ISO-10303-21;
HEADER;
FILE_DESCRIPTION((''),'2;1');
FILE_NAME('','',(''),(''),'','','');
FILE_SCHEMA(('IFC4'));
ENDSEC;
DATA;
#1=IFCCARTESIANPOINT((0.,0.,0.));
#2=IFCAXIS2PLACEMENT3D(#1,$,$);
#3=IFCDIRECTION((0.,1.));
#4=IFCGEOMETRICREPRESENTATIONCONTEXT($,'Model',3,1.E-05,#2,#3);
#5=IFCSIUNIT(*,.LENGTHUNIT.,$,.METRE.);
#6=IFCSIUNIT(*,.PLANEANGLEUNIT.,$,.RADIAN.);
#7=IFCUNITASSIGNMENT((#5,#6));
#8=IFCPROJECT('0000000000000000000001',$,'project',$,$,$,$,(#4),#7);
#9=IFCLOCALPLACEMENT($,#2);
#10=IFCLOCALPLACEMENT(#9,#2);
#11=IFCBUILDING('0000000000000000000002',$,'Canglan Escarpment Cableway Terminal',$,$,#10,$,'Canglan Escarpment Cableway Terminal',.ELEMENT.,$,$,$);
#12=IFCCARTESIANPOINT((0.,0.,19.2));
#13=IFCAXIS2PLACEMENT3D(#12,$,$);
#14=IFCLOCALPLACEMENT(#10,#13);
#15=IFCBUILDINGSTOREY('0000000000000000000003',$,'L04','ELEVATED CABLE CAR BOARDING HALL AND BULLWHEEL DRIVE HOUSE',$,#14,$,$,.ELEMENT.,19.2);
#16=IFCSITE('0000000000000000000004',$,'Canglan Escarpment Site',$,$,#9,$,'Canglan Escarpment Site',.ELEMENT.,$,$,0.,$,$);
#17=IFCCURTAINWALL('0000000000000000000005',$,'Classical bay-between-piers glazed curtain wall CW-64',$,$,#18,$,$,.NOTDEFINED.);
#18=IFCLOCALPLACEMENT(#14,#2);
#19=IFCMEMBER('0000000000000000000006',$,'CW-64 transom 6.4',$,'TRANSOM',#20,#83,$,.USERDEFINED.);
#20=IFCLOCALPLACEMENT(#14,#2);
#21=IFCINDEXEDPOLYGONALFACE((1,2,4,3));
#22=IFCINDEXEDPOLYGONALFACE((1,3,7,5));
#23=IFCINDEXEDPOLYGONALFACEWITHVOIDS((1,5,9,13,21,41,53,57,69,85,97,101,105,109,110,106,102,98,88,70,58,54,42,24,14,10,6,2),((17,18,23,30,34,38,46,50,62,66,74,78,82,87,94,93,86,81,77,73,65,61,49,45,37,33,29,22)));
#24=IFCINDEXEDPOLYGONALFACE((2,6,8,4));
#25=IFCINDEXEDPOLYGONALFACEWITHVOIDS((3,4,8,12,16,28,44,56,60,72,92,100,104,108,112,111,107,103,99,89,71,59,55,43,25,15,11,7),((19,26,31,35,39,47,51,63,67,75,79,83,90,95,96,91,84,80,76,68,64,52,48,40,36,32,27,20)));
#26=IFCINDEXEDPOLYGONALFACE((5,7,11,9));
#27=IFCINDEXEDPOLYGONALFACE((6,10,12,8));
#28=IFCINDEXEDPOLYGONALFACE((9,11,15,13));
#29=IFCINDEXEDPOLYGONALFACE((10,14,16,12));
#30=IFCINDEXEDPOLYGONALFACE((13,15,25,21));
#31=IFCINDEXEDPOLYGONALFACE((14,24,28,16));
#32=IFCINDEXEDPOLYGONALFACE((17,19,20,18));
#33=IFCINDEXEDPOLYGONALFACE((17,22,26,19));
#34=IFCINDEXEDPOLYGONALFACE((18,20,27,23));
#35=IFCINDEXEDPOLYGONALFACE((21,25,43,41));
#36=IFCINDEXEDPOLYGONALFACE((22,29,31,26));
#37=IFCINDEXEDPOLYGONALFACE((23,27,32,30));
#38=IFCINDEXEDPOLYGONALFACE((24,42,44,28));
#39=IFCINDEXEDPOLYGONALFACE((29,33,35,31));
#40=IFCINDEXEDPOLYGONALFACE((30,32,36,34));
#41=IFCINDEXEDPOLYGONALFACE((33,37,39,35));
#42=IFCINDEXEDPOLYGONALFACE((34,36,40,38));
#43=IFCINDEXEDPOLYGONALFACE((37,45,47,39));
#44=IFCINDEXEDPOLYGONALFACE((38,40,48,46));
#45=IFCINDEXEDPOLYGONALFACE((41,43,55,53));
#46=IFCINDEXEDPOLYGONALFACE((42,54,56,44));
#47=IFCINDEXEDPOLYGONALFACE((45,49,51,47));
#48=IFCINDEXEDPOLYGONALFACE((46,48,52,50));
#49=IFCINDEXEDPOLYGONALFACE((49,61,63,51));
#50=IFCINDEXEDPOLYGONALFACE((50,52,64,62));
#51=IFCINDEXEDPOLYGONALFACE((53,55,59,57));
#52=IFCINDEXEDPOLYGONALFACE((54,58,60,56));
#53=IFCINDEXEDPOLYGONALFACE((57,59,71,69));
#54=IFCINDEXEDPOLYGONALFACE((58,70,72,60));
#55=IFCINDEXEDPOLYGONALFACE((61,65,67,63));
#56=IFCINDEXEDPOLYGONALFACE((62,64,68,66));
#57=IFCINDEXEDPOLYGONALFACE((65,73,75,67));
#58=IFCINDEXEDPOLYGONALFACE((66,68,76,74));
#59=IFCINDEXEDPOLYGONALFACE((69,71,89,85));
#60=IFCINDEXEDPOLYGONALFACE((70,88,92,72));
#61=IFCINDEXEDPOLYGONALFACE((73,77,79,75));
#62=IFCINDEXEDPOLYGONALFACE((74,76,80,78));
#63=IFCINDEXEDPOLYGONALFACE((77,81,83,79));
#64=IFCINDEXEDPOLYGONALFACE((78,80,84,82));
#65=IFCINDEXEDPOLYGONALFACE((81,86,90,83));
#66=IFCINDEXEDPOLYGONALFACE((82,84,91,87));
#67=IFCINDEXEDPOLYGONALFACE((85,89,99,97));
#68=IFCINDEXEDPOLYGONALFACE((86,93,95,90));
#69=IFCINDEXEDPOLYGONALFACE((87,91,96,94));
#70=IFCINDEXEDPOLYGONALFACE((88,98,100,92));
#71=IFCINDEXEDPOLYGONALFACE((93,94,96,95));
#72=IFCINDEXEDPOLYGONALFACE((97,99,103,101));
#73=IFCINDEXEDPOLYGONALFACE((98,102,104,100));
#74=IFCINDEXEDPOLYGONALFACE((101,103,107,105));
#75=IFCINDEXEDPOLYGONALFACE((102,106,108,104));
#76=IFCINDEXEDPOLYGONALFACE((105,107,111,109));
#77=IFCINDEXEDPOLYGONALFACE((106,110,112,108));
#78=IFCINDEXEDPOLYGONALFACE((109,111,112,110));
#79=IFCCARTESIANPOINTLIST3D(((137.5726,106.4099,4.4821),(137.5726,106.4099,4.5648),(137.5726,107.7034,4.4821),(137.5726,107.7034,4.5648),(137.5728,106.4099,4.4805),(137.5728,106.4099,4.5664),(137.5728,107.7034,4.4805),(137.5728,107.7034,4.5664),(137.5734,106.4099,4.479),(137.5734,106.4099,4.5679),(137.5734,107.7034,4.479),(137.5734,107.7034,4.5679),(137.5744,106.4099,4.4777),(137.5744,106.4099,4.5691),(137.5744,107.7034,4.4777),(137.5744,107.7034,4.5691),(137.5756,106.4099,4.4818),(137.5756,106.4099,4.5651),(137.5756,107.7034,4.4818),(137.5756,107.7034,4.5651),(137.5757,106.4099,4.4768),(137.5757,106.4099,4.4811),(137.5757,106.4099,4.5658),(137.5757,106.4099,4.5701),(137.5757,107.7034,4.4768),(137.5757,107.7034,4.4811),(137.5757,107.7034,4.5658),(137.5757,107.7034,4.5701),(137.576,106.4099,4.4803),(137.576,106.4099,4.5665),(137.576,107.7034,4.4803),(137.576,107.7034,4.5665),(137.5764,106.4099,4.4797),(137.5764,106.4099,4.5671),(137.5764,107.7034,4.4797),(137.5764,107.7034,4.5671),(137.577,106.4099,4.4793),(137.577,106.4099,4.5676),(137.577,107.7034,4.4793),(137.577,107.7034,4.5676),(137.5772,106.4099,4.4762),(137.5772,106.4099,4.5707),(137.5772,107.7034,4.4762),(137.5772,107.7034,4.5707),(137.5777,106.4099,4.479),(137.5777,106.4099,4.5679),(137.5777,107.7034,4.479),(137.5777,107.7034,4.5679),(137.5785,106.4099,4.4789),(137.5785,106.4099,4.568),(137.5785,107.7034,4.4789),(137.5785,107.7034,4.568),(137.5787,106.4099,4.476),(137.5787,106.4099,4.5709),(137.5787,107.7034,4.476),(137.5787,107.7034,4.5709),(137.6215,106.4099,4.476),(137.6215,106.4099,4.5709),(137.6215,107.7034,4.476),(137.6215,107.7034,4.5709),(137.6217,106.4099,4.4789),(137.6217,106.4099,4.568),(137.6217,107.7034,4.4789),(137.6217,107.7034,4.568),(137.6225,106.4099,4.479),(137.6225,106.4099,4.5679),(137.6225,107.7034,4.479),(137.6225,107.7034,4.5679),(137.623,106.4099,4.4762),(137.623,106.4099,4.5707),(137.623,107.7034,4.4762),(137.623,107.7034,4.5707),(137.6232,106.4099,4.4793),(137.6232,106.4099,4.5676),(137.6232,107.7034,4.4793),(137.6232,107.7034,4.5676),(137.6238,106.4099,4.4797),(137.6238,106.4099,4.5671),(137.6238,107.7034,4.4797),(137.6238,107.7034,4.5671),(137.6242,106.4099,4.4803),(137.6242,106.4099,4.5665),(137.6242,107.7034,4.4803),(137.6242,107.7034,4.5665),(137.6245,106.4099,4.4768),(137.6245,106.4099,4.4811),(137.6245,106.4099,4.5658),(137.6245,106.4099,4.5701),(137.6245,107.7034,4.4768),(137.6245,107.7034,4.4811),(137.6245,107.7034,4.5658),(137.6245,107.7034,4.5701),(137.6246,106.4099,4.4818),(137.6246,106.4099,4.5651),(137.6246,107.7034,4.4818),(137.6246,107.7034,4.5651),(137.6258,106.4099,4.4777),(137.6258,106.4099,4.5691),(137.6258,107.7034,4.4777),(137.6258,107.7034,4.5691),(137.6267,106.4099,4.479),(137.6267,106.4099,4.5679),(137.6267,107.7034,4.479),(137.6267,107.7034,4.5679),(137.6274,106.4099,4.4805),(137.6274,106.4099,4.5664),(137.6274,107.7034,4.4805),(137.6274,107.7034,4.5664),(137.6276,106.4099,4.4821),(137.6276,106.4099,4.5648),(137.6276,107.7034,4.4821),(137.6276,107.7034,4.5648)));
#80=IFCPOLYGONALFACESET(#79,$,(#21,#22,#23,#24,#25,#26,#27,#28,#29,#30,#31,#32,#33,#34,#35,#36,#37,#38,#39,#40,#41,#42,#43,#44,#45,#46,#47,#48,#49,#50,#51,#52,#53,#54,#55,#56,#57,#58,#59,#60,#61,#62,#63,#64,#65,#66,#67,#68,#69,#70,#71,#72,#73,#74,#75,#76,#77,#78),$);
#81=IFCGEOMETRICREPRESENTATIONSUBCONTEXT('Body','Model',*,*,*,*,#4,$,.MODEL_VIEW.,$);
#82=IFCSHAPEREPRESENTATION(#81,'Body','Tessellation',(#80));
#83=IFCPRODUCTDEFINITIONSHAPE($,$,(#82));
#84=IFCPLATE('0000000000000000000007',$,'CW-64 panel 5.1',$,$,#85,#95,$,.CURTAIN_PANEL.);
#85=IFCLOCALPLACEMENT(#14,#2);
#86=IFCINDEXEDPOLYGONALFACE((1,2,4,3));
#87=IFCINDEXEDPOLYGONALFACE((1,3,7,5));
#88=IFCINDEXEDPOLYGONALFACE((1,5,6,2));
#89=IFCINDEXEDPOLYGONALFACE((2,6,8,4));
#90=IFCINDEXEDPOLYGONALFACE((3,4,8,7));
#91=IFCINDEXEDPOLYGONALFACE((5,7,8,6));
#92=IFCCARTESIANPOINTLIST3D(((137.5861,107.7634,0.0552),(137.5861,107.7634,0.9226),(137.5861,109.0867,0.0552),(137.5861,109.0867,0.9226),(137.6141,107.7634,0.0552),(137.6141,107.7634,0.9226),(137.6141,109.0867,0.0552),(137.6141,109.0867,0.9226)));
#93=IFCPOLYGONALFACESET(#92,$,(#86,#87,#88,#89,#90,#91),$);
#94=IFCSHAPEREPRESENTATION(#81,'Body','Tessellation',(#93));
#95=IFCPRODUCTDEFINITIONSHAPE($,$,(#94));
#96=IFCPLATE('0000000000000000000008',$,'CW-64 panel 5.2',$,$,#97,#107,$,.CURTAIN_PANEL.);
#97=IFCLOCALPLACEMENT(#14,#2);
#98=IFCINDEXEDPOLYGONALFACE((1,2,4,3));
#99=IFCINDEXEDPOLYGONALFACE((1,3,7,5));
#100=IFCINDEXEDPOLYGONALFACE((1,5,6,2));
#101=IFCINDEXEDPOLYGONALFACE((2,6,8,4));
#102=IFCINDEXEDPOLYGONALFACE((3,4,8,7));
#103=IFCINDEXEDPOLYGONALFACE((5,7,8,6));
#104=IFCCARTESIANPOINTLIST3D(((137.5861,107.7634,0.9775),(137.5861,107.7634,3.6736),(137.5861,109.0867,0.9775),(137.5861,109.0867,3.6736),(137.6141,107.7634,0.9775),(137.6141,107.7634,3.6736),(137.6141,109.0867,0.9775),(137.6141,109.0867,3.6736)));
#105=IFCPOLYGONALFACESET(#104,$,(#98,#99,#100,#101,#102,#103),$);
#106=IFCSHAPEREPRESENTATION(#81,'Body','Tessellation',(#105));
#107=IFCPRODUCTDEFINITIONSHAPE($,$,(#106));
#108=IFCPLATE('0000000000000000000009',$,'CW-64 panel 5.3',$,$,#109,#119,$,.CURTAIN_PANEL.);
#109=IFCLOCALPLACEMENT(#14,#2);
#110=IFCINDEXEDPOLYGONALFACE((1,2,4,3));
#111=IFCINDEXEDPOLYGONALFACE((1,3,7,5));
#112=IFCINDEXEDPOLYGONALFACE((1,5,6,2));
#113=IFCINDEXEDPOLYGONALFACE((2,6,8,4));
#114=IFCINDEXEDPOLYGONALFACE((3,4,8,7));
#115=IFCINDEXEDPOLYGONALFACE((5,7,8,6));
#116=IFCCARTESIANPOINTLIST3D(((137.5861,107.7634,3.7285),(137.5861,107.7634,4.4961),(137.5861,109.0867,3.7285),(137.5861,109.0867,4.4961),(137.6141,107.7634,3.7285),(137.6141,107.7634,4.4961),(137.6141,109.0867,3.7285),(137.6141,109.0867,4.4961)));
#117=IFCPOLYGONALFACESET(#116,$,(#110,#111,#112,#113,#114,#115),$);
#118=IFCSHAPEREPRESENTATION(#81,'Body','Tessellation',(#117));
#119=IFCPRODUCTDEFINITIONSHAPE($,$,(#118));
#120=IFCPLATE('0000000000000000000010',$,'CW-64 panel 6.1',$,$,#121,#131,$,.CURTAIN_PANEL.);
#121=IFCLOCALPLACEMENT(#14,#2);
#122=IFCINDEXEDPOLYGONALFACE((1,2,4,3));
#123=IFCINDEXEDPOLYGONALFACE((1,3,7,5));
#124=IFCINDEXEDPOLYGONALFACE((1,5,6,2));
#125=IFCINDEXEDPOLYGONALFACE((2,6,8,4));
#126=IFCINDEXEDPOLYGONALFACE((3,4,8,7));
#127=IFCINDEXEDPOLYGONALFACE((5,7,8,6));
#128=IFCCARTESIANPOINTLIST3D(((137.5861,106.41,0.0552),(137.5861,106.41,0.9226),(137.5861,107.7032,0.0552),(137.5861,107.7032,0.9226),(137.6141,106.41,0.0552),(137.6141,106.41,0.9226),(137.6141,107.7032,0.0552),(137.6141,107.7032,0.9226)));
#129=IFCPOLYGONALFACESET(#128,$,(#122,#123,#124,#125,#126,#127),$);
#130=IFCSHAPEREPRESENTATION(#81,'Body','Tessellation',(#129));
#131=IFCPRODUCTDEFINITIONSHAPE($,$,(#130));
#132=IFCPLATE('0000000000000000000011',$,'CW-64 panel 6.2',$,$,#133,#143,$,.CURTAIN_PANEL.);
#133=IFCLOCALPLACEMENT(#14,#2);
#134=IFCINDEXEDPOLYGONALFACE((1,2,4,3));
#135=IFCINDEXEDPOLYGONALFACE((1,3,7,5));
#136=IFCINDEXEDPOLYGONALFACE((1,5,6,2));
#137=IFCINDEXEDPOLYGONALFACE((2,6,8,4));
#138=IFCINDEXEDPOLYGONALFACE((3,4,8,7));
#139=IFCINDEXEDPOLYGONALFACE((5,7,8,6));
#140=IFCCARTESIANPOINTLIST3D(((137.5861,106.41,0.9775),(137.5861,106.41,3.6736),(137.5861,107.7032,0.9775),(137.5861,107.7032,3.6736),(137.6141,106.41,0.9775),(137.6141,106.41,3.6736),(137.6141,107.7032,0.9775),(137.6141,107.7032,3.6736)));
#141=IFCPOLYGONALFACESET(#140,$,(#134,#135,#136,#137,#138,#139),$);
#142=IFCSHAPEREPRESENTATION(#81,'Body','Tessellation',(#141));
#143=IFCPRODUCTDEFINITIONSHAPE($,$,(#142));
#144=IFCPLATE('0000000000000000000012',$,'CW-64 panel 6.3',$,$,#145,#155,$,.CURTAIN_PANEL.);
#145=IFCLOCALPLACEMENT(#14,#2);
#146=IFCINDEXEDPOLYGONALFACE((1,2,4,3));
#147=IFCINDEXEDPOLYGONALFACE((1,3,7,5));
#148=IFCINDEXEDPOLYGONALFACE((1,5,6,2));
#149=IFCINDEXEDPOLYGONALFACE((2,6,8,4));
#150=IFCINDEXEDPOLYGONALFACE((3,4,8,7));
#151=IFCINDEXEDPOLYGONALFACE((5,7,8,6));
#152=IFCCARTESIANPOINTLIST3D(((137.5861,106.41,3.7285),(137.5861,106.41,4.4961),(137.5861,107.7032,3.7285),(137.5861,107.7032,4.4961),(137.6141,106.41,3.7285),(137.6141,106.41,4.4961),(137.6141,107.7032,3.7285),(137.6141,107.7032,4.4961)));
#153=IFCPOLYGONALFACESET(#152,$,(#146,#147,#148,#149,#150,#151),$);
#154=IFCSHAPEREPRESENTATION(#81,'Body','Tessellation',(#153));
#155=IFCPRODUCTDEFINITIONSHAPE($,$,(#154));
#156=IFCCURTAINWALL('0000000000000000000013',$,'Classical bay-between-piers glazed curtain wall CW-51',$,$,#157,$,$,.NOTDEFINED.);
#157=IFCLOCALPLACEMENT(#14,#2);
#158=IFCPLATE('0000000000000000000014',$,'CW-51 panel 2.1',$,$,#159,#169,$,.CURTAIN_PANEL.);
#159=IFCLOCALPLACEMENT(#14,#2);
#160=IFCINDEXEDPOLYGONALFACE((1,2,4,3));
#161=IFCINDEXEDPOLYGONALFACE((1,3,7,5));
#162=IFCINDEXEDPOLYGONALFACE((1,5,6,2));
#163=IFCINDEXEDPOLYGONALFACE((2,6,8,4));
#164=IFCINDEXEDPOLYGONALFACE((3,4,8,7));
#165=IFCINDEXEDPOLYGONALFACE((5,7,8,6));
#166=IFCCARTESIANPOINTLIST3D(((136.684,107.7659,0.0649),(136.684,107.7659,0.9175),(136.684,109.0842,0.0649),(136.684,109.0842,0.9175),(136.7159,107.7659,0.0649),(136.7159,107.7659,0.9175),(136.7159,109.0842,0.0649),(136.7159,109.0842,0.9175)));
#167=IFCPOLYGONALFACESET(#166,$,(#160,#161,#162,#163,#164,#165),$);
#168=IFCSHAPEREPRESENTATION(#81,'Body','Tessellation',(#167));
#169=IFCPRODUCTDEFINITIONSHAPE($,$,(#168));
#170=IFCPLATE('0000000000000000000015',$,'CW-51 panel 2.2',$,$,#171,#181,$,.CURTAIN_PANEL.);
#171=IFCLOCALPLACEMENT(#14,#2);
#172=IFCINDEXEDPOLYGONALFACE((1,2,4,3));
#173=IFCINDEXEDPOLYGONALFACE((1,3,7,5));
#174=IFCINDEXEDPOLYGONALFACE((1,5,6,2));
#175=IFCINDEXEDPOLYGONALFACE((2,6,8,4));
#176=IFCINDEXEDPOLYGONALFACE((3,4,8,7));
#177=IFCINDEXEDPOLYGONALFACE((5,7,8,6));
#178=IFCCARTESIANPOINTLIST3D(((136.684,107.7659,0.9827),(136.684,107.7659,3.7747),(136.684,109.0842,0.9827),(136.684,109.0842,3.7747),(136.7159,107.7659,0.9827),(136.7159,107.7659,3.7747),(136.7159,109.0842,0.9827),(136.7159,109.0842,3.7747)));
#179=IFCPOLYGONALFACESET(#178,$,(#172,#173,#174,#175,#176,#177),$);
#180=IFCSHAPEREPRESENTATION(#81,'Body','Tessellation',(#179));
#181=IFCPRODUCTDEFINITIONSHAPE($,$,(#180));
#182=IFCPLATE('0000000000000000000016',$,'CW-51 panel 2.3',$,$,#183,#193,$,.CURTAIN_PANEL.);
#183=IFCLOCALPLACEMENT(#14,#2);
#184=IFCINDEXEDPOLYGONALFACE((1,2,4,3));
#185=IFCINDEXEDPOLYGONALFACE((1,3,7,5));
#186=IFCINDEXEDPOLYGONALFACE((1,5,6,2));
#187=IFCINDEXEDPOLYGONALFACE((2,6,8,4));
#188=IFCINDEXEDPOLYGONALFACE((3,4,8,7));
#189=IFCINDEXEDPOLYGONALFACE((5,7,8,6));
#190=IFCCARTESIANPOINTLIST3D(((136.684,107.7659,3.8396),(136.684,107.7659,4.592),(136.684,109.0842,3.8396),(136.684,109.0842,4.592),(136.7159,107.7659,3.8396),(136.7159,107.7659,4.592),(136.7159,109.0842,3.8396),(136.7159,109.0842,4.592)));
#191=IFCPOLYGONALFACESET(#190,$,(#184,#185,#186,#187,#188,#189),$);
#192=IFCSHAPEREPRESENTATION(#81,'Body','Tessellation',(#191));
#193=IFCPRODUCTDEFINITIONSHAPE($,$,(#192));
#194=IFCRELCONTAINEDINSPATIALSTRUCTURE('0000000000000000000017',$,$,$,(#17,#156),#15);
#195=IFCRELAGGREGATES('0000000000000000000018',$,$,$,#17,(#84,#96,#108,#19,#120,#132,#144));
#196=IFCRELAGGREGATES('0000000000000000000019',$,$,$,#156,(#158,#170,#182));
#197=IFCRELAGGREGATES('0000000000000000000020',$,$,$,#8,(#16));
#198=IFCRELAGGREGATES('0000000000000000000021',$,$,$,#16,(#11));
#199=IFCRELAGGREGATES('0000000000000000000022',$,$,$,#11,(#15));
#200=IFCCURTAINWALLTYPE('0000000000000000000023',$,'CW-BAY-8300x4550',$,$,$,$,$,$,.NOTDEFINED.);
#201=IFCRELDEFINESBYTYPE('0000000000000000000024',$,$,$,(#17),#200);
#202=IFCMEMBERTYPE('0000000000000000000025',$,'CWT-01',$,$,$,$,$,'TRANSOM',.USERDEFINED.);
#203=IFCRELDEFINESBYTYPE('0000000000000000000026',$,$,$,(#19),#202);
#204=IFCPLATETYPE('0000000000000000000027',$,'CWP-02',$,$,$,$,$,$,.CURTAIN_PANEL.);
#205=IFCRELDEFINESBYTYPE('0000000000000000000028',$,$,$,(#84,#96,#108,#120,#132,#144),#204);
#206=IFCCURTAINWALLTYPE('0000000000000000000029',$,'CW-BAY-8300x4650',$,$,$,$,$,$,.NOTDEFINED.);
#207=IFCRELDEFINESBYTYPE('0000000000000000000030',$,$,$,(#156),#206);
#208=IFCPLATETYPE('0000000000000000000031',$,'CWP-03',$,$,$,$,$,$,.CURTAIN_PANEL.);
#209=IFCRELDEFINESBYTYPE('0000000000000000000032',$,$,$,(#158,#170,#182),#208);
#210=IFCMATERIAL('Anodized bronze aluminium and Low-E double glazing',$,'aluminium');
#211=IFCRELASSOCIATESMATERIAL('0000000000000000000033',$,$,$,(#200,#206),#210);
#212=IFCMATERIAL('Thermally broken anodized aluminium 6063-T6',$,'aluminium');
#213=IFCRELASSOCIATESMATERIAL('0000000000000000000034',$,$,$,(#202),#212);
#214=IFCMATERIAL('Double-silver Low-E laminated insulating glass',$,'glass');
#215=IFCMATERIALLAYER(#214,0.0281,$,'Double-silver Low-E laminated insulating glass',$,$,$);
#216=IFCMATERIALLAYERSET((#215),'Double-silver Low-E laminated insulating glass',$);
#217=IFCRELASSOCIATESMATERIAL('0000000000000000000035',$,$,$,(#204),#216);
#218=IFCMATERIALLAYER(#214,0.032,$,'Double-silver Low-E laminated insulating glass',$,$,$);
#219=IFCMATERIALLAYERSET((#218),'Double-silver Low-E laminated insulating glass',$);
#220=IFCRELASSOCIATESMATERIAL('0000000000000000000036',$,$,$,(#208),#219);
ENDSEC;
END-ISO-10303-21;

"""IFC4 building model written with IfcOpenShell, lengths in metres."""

from ifc_helpers import new_model, si_unit, direction, frame, origin, origin_2d, place, context, subcontext, project, spatial, rectangle, hollow_rectangle, extrude, material, layer, layer_set, material_profile, profile_set, type_object, element, aggregate, save


model = new_model("IFC4")

# Units and contexts
model_context = context("Model", 3, precision=1e-05, world=origin(), true_north=direction((0.0, 1.0)))
body_context = subcontext(model_context, "Body", "Model", "MODEL_VIEW")
ifc_project = project(units=[si_unit("LENGTHUNIT", "METRE"), si_unit("PLANEANGLEUNIT", "RADIAN")], contexts=[model_context])

# Site, building, storey
site_placement = place(None, origin())
site = spatial("IfcSite", under=ifc_project, at=site_placement, Name="Canglan Escarpment Site", LongName="Canglan Escarpment Site", CompositionType="ELEMENT", RefElevation=0.0)
building_placement = place(site_placement, origin())
building = spatial("IfcBuilding", under=site, at=building_placement, Name="Canglan Escarpment Cableway Terminal", LongName="Canglan Escarpment Cableway Terminal", CompositionType="ELEMENT")
storey_placement = place(building_placement, frame((0.0, 0.0, 19.2)))
storey = spatial("IfcBuildingStorey", under=building, at=storey_placement, Name="L04", Description="ELEVATED CABLE CAR BOARDING HALL AND BULLWHEEL DRIVE HOUSE", CompositionType="ELEMENT", Elevation=19.2)

# Curtain wall, member, plates
ifc_material_1 = material(Name="Anodized bronze aluminium and Low-E double glazing", Category="aluminium")
curtain_wall_type_1 = type_object("IfcCurtainWallType", Name="CW-BAY-8300x4550", PredefinedType="NOTDEFINED", material=ifc_material_1)
curtain_wall_1_placement = place(storey_placement, origin())
curtain_wall_1 = element("IfcCurtainWall", 1, at=curtain_wall_1_placement, inside=storey, type_object=curtain_wall_type_1, Name="Classical bay-between-piers glazed curtain wall CW-64", PredefinedType="NOTDEFINED")
ifc_material_2 = material(Name="Thermally broken anodized aluminium 6063-T6", Category="aluminium")
ifc_material_profile_1 = material_profile(ifc_material_2, hollow_rectangle(XDim=0.0549, YDim=0.095, WallThickness=0.0029, InnerFilletRadius=0.0029, OuterFilletRadius=0.0061, at=origin_2d()), Name="ALU-TRAN 55x95x3")
ifc_profile_set_1 = profile_set([ifc_material_profile_1], Name="Thermally broken anodized aluminium 6063-T6")
member_type_1 = type_object("IfcMemberType", Name="CWT-01", ElementType="TRANSOM", PredefinedType="USERDEFINED", material=ifc_profile_set_1)
member_1_placement = place(storey_placement, frame((137.6001, 107.7034, 4.5234), z_axis=(0.0, -1.0, 0.0), x_axis=(1.0, 0.0, 0.0)))
member_1 = element("IfcMember", 2, at=member_1_placement, type_object=member_type_1, Name="CW-64 transom 6.4", ObjectType="TRANSOM", PredefinedType="USERDEFINED", context=body_context, shape_type="SweptSolid", body=[
    extrude(hollow_rectangle(XDim=0.0549, YDim=0.095, WallThickness=0.0029, InnerFilletRadius=0.0029, OuterFilletRadius=0.0061, at=origin_2d()), origin(), (0.0, 0.0, 1.0), 1.2935),
])
ifc_material_3 = material(Name="Double-silver Low-E laminated insulating glass", Category="glass")
ifc_layer_1 = layer(ifc_material_3, 0.0281, Name="Double-silver Low-E laminated insulating glass")
ifc_layer_set_1 = layer_set([ifc_layer_1], Name="Double-silver Low-E laminated insulating glass")
plate_type_1 = type_object("IfcPlateType", Name="CWP-02", PredefinedType="CURTAIN_PANEL", material=ifc_layer_set_1)
plate_1_placement = place(storey_placement, frame((137.6001, 108.425, 0.0552), z_axis=(0.0, 0.0, 1.0), x_axis=(0.0, -1.0, 0.0)))
plate_1 = element("IfcPlate", 3, at=plate_1_placement, type_object=plate_type_1, Name="CW-64 panel 5.1", PredefinedType="CURTAIN_PANEL", context=body_context, shape_type="SweptSolid", body=[
    extrude(rectangle(XDim=1.3232, YDim=0.0281, at=origin_2d()), origin(), (0.0, 0.0, 1.0), 0.8674),
])
plate_2_placement = place(storey_placement, frame((137.6001, 108.425, 0.9775), z_axis=(0.0, 0.0, 1.0), x_axis=(0.0, -1.0, 0.0)))
plate_2 = element("IfcPlate", 4, at=plate_2_placement, type_object=plate_type_1, Name="CW-64 panel 5.2", PredefinedType="CURTAIN_PANEL", context=body_context, shape_type="SweptSolid", body=[
    extrude(rectangle(XDim=1.3232, YDim=0.0281, at=origin_2d()), origin(), (0.0, 0.0, 1.0), 2.696),
])
plate_3_placement = place(storey_placement, frame((137.6001, 108.425, 3.7285), z_axis=(0.0, 0.0, 1.0), x_axis=(0.0, -1.0, 0.0)))
plate_3 = element("IfcPlate", 5, at=plate_3_placement, type_object=plate_type_1, Name="CW-64 panel 5.3", PredefinedType="CURTAIN_PANEL", context=body_context, shape_type="SweptSolid", body=[
    extrude(rectangle(XDim=1.3232, YDim=0.0281, at=origin_2d()), origin(), (0.0, 0.0, 1.0), 0.7676),
])
plate_4_placement = place(storey_placement, frame((137.6001, 107.0566, 0.0552), z_axis=(0.0, 0.0, 1.0), x_axis=(0.0, -1.0, 0.0)))
plate_4 = element("IfcPlate", 6, at=plate_4_placement, type_object=plate_type_1, Name="CW-64 panel 6.1", PredefinedType="CURTAIN_PANEL", context=body_context, shape_type="SweptSolid", body=[
    extrude(rectangle(XDim=1.2932, YDim=0.0281, at=origin_2d()), origin(), (0.0, 0.0, 1.0), 0.8674),
])
plate_5_placement = place(storey_placement, frame((137.6001, 107.0566, 0.9775), z_axis=(0.0, 0.0, 1.0), x_axis=(0.0, -1.0, 0.0)))
plate_5 = element("IfcPlate", 7, at=plate_5_placement, type_object=plate_type_1, Name="CW-64 panel 6.2", PredefinedType="CURTAIN_PANEL", context=body_context, shape_type="SweptSolid", body=[
    extrude(rectangle(XDim=1.2932, YDim=0.0281, at=origin_2d()), origin(), (0.0, 0.0, 1.0), 2.696),
])
plate_6_placement = place(storey_placement, frame((137.6001, 107.0566, 3.7285), z_axis=(0.0, 0.0, 1.0), x_axis=(0.0, -1.0, 0.0)))
plate_6 = element("IfcPlate", 8, at=plate_6_placement, type_object=plate_type_1, Name="CW-64 panel 6.3", PredefinedType="CURTAIN_PANEL", context=body_context, shape_type="SweptSolid", body=[
    extrude(rectangle(XDim=1.2932, YDim=0.0281, at=origin_2d()), origin(), (0.0, 0.0, 1.0), 0.7676),
])
aggregate(curtain_wall_1, [plate_1, plate_2, plate_3, member_1, plate_4, plate_5, plate_6])

# Curtain wall, plates
curtain_wall_type_2 = type_object("IfcCurtainWallType", Name="CW-BAY-8300x4650", PredefinedType="NOTDEFINED", material=ifc_material_1)
curtain_wall_2_placement = place(storey_placement, origin())
curtain_wall_2 = element("IfcCurtainWall", 9, at=curtain_wall_2_placement, inside=storey, type_object=curtain_wall_type_2, Name="Classical bay-between-piers glazed curtain wall CW-51", PredefinedType="NOTDEFINED")
ifc_layer_2 = layer(ifc_material_3, 0.032, Name="Double-silver Low-E laminated insulating glass")
ifc_layer_set_2 = layer_set([ifc_layer_2], Name="Double-silver Low-E laminated insulating glass")
plate_type_2 = type_object("IfcPlateType", Name="CWP-03", PredefinedType="CURTAIN_PANEL", material=ifc_layer_set_2)
plate_7_placement = place(storey_placement, frame((136.7, 108.425, 0.0649), z_axis=(0.0, 0.0, 1.0), x_axis=(0.0, 1.0, 0.0)))
plate_7 = element("IfcPlate", 10, at=plate_7_placement, type_object=plate_type_2, Name="CW-51 panel 2.1", PredefinedType="CURTAIN_PANEL", context=body_context, shape_type="SweptSolid", body=[
    extrude(rectangle(XDim=1.3184, YDim=0.032, at=origin_2d()), origin(), (0.0, 0.0, 1.0), 0.8525),
])
plate_8_placement = place(storey_placement, frame((136.7, 108.425, 0.9827), z_axis=(0.0, 0.0, 1.0), x_axis=(0.0, 1.0, 0.0)))
plate_8 = element("IfcPlate", 11, at=plate_8_placement, type_object=plate_type_2, Name="CW-51 panel 2.2", PredefinedType="CURTAIN_PANEL", context=body_context, shape_type="SweptSolid", body=[
    extrude(rectangle(XDim=1.3184, YDim=0.032, at=origin_2d()), origin(), (0.0, 0.0, 1.0), 2.792),
])
plate_9_placement = place(storey_placement, frame((136.7, 108.425, 3.8396), z_axis=(0.0, 0.0, 1.0), x_axis=(0.0, 1.0, 0.0)))
plate_9 = element("IfcPlate", 12, at=plate_9_placement, type_object=plate_type_2, Name="CW-51 panel 2.3", PredefinedType="CURTAIN_PANEL", context=body_context, shape_type="SweptSolid", body=[
    extrude(rectangle(XDim=1.3184, YDim=0.032, at=origin_2d()), origin(), (0.0, 0.0, 1.0), 0.7524),
])
aggregate(curtain_wall_2, [plate_7, plate_8, plate_9])

save(model, "model.ifc")
